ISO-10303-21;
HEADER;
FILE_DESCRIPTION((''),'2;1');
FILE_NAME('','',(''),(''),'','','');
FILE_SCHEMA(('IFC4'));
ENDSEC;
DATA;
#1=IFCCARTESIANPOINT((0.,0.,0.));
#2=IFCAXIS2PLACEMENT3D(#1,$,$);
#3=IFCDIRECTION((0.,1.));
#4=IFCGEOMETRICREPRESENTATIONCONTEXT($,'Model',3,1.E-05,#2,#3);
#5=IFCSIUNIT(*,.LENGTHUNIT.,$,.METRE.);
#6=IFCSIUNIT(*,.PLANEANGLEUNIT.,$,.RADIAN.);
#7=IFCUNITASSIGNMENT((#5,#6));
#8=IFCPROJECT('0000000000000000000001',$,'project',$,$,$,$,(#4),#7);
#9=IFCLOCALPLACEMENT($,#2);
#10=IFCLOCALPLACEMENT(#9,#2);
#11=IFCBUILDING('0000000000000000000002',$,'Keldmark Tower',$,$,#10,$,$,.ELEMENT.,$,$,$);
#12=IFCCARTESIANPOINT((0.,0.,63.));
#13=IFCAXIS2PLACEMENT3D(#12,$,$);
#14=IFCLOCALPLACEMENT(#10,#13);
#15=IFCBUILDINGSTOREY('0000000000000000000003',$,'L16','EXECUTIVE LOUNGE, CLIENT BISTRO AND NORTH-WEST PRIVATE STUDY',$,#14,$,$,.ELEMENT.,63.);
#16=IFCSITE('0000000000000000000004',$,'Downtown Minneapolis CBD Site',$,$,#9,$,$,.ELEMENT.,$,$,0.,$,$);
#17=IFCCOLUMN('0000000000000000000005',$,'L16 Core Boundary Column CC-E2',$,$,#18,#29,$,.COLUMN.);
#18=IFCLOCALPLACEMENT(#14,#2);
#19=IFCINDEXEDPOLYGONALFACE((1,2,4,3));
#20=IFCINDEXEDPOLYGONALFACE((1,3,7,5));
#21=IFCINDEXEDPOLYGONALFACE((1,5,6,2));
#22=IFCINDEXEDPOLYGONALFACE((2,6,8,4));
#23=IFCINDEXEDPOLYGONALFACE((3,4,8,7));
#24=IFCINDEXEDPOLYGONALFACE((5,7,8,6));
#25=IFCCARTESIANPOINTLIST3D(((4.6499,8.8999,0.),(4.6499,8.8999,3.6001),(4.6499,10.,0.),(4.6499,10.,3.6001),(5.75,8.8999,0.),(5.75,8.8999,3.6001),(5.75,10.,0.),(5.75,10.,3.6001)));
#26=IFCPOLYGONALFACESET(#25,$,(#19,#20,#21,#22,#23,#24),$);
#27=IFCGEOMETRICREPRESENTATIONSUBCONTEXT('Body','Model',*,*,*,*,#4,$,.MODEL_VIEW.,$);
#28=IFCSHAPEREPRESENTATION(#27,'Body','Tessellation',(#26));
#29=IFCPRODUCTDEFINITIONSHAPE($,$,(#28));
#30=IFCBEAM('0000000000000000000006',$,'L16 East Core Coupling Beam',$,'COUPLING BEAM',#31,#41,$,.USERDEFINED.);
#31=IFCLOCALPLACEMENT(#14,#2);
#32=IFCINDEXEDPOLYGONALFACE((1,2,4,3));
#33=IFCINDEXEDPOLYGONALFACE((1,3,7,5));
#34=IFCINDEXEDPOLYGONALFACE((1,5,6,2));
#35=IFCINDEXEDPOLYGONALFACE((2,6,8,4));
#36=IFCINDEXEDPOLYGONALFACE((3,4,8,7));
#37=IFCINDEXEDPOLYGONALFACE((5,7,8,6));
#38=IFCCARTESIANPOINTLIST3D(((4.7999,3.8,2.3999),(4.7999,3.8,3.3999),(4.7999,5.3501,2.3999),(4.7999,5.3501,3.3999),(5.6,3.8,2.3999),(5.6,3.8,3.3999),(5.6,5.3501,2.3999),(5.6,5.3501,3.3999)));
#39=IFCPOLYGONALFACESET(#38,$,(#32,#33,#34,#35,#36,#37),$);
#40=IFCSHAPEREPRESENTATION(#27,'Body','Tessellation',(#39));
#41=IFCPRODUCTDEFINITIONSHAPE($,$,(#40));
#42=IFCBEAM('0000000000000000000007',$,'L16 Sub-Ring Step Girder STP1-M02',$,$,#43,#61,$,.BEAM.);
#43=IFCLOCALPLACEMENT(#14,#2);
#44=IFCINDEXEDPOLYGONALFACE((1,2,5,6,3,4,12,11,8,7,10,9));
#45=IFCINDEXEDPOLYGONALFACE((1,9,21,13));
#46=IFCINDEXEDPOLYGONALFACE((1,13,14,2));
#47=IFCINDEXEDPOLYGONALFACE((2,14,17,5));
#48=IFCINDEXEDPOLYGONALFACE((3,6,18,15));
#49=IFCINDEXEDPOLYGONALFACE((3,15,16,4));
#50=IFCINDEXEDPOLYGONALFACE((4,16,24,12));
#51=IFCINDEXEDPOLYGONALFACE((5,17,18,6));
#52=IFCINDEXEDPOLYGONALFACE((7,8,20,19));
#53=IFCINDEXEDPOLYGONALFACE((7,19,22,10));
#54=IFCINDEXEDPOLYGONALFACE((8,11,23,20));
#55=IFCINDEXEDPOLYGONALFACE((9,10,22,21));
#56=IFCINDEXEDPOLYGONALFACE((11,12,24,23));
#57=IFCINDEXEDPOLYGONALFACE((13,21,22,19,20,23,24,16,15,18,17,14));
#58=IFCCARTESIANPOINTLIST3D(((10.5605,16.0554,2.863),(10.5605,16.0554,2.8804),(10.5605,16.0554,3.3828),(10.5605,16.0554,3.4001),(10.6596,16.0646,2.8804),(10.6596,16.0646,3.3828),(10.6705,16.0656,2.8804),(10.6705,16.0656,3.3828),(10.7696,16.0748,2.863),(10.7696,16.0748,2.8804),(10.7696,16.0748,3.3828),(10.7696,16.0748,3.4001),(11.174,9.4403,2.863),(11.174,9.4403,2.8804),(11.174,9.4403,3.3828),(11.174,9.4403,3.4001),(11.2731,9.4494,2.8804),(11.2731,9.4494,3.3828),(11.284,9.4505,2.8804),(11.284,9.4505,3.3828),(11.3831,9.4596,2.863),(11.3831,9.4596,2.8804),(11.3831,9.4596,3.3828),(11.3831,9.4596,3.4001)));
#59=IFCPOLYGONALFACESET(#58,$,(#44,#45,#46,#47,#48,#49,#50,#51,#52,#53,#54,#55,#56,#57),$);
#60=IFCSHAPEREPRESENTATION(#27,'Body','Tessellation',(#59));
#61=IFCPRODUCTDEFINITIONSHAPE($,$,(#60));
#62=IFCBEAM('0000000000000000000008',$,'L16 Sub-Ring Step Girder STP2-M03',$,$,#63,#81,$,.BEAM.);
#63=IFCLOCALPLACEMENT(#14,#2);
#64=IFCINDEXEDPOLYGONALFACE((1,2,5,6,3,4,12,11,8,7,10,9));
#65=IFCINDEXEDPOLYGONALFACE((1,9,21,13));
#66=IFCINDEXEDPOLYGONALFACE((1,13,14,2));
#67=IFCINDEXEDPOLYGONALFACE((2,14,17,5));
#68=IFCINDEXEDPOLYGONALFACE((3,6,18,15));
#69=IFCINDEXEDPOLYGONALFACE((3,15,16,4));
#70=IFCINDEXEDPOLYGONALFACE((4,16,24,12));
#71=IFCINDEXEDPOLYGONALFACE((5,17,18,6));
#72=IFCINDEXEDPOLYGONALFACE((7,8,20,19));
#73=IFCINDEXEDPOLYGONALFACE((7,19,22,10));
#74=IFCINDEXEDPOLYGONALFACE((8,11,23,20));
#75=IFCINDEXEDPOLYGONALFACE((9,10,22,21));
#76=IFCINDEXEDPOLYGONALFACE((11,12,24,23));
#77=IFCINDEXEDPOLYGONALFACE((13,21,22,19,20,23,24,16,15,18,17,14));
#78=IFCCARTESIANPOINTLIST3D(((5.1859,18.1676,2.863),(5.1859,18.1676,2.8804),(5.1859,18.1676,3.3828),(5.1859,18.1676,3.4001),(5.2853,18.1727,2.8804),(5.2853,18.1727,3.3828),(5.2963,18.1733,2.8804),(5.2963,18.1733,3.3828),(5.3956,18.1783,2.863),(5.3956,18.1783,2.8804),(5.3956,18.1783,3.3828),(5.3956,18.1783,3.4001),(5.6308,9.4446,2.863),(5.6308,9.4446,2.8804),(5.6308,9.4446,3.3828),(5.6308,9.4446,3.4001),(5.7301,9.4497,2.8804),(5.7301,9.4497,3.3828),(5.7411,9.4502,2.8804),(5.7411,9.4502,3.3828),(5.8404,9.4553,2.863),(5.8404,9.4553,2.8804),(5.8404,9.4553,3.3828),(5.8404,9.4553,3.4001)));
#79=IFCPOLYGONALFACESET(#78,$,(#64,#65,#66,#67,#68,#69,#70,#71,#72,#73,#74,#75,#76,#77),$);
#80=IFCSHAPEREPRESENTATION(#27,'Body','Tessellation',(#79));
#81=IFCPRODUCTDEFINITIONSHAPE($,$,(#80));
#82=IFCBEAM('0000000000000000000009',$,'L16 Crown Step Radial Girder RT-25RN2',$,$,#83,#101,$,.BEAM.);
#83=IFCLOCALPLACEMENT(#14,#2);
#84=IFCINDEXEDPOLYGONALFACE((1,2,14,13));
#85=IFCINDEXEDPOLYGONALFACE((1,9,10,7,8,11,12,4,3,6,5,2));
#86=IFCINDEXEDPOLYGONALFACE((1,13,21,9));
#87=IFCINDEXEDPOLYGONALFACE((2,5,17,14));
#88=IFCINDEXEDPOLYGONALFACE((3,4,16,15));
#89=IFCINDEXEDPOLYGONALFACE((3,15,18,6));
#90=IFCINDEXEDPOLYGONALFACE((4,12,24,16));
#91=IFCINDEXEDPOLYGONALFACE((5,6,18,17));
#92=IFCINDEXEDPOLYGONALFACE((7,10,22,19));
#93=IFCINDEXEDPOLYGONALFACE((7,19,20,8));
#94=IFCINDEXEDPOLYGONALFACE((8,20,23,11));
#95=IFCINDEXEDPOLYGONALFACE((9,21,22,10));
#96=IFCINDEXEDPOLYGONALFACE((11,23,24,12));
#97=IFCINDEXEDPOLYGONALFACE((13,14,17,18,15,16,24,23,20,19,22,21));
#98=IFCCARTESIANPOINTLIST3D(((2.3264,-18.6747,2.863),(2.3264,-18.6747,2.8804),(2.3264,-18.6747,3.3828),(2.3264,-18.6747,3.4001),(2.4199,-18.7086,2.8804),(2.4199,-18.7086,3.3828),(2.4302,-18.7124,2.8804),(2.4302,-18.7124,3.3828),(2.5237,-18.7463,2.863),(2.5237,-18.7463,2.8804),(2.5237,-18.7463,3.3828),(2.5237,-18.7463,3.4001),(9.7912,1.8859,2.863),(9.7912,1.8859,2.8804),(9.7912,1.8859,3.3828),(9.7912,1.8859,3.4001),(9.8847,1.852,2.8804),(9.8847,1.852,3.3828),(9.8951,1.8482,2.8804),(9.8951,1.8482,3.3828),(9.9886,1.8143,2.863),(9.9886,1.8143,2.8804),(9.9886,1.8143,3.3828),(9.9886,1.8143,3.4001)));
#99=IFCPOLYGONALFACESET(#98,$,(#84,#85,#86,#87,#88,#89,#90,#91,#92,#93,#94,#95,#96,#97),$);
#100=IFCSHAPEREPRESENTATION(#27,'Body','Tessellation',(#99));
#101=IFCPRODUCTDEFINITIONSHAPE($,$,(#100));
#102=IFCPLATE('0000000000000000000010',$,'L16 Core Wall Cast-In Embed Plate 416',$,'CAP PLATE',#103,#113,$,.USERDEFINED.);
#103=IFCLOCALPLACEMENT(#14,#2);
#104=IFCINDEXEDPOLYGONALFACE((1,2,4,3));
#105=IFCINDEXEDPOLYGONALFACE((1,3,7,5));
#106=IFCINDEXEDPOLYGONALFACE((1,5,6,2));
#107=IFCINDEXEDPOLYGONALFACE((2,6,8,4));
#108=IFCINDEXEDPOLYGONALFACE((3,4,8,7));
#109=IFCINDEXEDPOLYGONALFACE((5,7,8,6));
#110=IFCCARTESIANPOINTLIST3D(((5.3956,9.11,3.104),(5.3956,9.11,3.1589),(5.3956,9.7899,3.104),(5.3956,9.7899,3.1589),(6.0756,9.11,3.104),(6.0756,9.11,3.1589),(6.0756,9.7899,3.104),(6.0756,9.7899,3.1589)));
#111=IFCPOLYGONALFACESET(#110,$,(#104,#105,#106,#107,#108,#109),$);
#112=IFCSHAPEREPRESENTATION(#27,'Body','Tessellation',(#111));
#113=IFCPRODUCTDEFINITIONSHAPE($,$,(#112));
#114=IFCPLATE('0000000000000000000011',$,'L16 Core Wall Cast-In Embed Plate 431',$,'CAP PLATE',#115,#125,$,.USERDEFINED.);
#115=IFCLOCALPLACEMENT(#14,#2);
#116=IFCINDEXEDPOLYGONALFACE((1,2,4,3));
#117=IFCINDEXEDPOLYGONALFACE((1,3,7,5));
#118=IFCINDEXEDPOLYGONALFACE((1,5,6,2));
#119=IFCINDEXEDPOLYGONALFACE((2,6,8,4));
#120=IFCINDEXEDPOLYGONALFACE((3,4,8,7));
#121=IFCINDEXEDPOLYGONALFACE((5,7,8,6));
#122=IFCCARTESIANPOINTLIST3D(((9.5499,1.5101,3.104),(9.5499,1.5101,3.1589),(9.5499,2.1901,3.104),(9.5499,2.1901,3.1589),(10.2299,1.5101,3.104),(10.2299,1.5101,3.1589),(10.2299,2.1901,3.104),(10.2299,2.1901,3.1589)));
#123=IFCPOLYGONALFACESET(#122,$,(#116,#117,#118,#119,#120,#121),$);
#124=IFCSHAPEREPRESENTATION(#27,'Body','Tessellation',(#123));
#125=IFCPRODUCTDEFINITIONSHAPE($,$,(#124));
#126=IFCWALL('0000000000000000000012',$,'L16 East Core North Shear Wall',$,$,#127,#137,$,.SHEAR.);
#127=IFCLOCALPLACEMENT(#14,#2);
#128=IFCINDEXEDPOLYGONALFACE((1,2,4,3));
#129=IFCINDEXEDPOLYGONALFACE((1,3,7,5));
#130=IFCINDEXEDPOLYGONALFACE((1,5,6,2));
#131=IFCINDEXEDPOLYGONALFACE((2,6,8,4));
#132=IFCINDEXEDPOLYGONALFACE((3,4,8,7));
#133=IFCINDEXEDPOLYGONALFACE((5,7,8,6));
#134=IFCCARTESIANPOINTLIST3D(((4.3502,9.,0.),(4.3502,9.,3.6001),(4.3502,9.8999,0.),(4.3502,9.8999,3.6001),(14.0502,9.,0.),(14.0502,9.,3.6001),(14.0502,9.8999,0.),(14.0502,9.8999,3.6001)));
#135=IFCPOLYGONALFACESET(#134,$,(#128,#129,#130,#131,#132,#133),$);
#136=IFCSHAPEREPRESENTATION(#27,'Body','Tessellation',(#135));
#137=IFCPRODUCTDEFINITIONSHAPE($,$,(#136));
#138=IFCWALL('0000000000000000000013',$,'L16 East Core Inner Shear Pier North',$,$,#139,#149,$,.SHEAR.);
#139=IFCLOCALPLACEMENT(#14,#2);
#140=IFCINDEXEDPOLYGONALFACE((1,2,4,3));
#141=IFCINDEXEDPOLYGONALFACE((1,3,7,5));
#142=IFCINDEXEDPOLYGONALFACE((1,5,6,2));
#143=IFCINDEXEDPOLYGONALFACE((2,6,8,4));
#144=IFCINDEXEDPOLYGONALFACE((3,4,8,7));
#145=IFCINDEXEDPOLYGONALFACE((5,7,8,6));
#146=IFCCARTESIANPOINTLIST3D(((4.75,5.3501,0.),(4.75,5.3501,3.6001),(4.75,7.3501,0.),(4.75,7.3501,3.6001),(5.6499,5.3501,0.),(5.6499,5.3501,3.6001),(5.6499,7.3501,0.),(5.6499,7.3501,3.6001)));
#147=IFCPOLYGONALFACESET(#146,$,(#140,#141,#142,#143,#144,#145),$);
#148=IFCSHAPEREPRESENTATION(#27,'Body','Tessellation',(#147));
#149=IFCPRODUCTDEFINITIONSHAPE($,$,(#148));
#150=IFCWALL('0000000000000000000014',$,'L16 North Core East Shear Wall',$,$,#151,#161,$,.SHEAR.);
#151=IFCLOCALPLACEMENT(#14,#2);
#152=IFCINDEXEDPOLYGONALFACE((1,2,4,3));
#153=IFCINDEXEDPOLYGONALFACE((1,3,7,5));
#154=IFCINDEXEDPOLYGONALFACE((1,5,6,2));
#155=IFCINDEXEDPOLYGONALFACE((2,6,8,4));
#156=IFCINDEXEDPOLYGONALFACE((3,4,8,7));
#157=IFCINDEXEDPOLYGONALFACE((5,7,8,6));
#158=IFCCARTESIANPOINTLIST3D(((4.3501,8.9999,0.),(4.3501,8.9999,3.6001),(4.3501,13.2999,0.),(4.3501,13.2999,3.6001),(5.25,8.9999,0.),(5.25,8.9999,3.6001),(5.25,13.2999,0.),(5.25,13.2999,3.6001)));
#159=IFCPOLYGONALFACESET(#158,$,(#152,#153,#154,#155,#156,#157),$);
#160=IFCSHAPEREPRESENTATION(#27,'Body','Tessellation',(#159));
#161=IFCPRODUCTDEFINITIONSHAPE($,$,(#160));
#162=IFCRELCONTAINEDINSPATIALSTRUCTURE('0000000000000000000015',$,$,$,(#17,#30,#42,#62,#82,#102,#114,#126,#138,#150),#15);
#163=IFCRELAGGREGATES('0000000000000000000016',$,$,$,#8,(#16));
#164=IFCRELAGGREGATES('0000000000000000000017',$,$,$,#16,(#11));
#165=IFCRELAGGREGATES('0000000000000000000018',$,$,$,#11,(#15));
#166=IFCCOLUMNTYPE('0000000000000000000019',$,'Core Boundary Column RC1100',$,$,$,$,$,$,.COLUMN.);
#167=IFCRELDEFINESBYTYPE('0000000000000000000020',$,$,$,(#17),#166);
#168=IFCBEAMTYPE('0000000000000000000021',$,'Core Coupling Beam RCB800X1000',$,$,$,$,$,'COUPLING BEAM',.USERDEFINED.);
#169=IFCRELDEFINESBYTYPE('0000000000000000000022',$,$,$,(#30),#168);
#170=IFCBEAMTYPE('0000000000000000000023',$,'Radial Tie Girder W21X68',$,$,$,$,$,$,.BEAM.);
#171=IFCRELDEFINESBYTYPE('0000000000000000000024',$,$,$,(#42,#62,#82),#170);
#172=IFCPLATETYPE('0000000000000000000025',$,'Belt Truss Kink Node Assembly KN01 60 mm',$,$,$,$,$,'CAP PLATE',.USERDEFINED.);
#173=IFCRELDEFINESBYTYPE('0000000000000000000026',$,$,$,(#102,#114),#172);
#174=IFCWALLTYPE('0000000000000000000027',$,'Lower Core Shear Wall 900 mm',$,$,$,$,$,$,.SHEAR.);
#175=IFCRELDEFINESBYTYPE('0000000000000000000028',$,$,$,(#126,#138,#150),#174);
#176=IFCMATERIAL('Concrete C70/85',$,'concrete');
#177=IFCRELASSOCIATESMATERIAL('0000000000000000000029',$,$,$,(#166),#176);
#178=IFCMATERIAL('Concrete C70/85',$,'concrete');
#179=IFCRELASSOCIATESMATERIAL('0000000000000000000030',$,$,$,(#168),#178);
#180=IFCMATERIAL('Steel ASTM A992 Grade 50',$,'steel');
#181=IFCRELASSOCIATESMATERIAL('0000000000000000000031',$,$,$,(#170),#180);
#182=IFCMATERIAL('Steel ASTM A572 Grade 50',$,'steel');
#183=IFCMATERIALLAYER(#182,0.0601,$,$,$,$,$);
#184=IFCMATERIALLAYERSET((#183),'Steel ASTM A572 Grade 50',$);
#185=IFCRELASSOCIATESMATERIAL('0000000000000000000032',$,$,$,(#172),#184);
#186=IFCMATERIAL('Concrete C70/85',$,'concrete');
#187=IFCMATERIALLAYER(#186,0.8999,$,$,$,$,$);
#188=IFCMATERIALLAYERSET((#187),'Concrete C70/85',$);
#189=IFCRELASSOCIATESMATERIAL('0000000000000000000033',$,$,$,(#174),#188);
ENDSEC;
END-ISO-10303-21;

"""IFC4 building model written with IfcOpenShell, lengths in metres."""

from ifc_helpers import new_model, si_unit, direction, frame, frame_2d, origin, origin_2d, place, context, subcontext, project, spatial, rectangle, i_section, extrude, material, layer, layer_set, material_profile, profile_set, type_object, element, save


model = new_model("IFC4")

# Units and contexts
model_context = context("Model", 3, precision=1e-05, world=origin(), true_north=direction((0.0, 1.0)))
body_context = subcontext(model_context, "Body", "Model", "MODEL_VIEW")
ifc_project = project(units=[si_unit("LENGTHUNIT", "METRE"), si_unit("PLANEANGLEUNIT", "RADIAN")], contexts=[model_context])

# Site, building, storey
site_placement = place(None, origin())
site = spatial("IfcSite", under=ifc_project, at=site_placement, Name="Downtown Minneapolis CBD Site", CompositionType="ELEMENT", RefElevation=0.0)
building_placement = place(site_placement, origin())
building = spatial("IfcBuilding", under=site, at=building_placement, Name="Keldmark Tower", CompositionType="ELEMENT")
storey_placement = place(building_placement, frame((0.0, 0.0, 63.0)))
storey = spatial("IfcBuildingStorey", under=building, at=storey_placement, Name="L16", Description="EXECUTIVE LOUNGE, CLIENT BISTRO AND NORTH-WEST PRIVATE STUDY", CompositionType="ELEMENT", Elevation=63.0)

# Column
ifc_material_1 = material(Name="Concrete C70/85", Category="concrete")
ifc_material_profile_1 = material_profile(ifc_material_1, rectangle(XDim=1.1001, YDim=1.1001, at=origin_2d()), Name="RC1100X1100")
ifc_profile_set_1 = profile_set([ifc_material_profile_1], Name="Concrete C70/85")
column_type = type_object("IfcColumnType", Name="Core Boundary Column RC1100", PredefinedType="COLUMN", material=ifc_profile_set_1)
column_placement = place(storey_placement, frame((5.2, 9.45, 0.0), z_axis=(0.0, 0.0, 1.0), x_axis=(1.0, 0.0, 0.0)))
element("IfcColumn", 1, at=column_placement, inside=storey, type_object=column_type, Name="L16 Core Boundary Column CC-E2", PredefinedType="COLUMN", context=body_context, shape_type="SweptSolid", body=[
    extrude(rectangle(XDim=1.1001, YDim=1.1001, at=origin_2d()), origin(), (0.0, 0.0, 1.0), 3.6001),
])

# Beams
ifc_material_2 = material(Name="Concrete C70/85", Category="concrete")
ifc_material_profile_2 = material_profile(ifc_material_2, rectangle(XDim=0.8, YDim=1.0, at=origin_2d()), Name="RCB800X1000")
ifc_profile_set_2 = profile_set([ifc_material_profile_2], Name="Concrete C70/85")
beam_type_1 = type_object("IfcBeamType", Name="Core Coupling Beam RCB800X1000", ElementType="COUPLING BEAM", PredefinedType="USERDEFINED", material=ifc_profile_set_2)
beam_1_placement = place(storey_placement, frame((5.2, 3.8, 2.8999), z_axis=(0.0, 1.0, 0.0), x_axis=(-1.0, 0.0, 0.0)))
element("IfcBeam", 2, at=beam_1_placement, inside=storey, type_object=beam_type_1, Name="L16 East Core Coupling Beam", ObjectType="COUPLING BEAM", PredefinedType="USERDEFINED", context=body_context, shape_type="SweptSolid", body=[
    extrude(rectangle(XDim=0.8, YDim=1.0, at=origin_2d()), origin(), (0.0, 0.0, 1.0), 1.55),
])
ifc_material_3 = material(Name="Steel ASTM A992 Grade 50", Category="steel")
ifc_material_profile_3 = material_profile(ifc_material_3, i_section(OverallWidth=0.21, OverallDepth=0.5371, WebThickness=0.011, FlangeThickness=0.0173, at=origin_2d()), Name="W21X68")
ifc_profile_set_3 = profile_set([ifc_material_profile_3], Name="Steel ASTM A992 Grade 50")
beam_type_2 = type_object("IfcBeamType", Name="Radial Tie Girder W21X68", PredefinedType="BEAM", material=ifc_profile_set_3)
beam_2_placement = place(storey_placement, frame((11.2786, 9.45, 3.1316), z_axis=(-0.092348, 0.995727, 0.0), x_axis=(-0.995727, -0.092348, 0.0)))
element("IfcBeam", 3, at=beam_2_placement, inside=storey, type_object=beam_type_2, Name="L16 Sub-Ring Step Girder STP1-M02", PredefinedType="BEAM", context=body_context, shape_type="SweptSolid", body=[
    extrude(i_section(OverallWidth=0.21, OverallDepth=0.5371, WebThickness=0.011, FlangeThickness=0.0173, at=origin_2d()), origin(), (0.0, 0.0, 1.0), 6.6436),
])
beam_3_placement = place(storey_placement, frame((5.7356, 9.45, 3.1316), z_axis=(-0.050927, 0.998702, 0.0), x_axis=(-0.998702, -0.050927, 0.0)))
element("IfcBeam", 4, at=beam_3_placement, inside=storey, type_object=beam_type_2, Name="L16 Sub-Ring Step Girder STP2-M03", PredefinedType="BEAM", context=body_context, shape_type="SweptSolid", body=[
    extrude(i_section(OverallWidth=0.21, OverallDepth=0.5371, WebThickness=0.011, FlangeThickness=0.0173, at=origin_2d()), origin(), (0.0, 0.0, 1.0), 8.7344),
])
beam_4_placement = place(storey_placement, frame((9.8899, 1.8501, 3.1316), z_axis=(-0.34127, -0.939965, 0.0), x_axis=(0.939965, -0.34127, 0.0)))
element("IfcBeam", 5, at=beam_4_placement, inside=storey, type_object=beam_type_2, Name="L16 Crown Step Radial Girder RT-25RN2", PredefinedType="BEAM", context=body_context, shape_type="SweptSolid", body=[
    extrude(i_section(OverallWidth=0.21, OverallDepth=0.5371, WebThickness=0.011, FlangeThickness=0.0173, at=origin_2d()), origin(), (0.0, 0.0, 1.0), 21.8738),
])

# Plates
ifc_material_4 = material(Name="Steel ASTM A572 Grade 50", Category="steel")
ifc_layer_1 = layer(ifc_material_4, 0.0601)
ifc_layer_set_1 = layer_set([ifc_layer_1], Name="Steel ASTM A572 Grade 50")
plate_type = type_object("IfcPlateType", Name="Belt Truss Kink Node Assembly KN01 60 mm", ElementType="CAP PLATE", PredefinedType="USERDEFINED", material=ifc_layer_set_1)
for number, where, z_axis, x_axis, name in (
    (6, (5.7356, 9.45, 3.104), (0.0, 0.0, 1.0), (1.0, 0.0, 0.0), "L16 Core Wall Cast-In Embed Plate 416"),
    (7, (9.8899, 1.8501, 3.104), (0.0, 0.0, 1.0), (1.0, 0.0, 0.0), "L16 Core Wall Cast-In Embed Plate 431"),
):
    element("IfcPlate", number, at=place(storey_placement, frame(where, z_axis=z_axis, x_axis=x_axis)), inside=storey, type_object=plate_type, Name=name, ObjectType="CAP PLATE", PredefinedType="USERDEFINED", context=body_context, shape_type="SweptSolid", body=[
        extrude(rectangle(XDim=0.6799, YDim=0.6799, at=origin_2d()), origin(), (0.0, 0.0, 1.0), 0.0549),
    ])

# Walls
ifc_material_5 = material(Name="Concrete C70/85", Category="concrete")
ifc_layer_2 = layer(ifc_material_5, 0.8999)
ifc_layer_set_2 = layer_set([ifc_layer_2], Name="Concrete C70/85")
wall_type_1 = type_object("IfcWallType", Name="Lower Core Shear Wall 900 mm", PredefinedType="SHEAR", material=ifc_layer_set_2)
wall_1_placement = place(storey_placement, frame((4.3501, 9.45, 0.0), z_axis=(0.0, 0.0, 1.0), x_axis=(1.0, 0.0, 0.0)))
element("IfcWall", 8, at=wall_1_placement, inside=storey, type_object=wall_type_1, Name="L16 East Core North Shear Wall", PredefinedType="SHEAR", context=body_context, shape_type="SweptSolid", body=[
    extrude(rectangle(XDim=9.7, YDim=0.8999, at=frame_2d((4.8501, 0.0))), origin(), (0.0, 0.0, 1.0), 3.6001),
])
wall_2_placement = place(storey_placement, frame((5.2, 5.3501, 0.0), z_axis=(0.0, 0.0, 1.0), x_axis=(0.0, 1.0, 0.0)))
element("IfcWall", 9, at=wall_2_placement, inside=storey, type_object=wall_type_1, Name="L16 East Core Inner Shear Pier North", PredefinedType="SHEAR", context=body_context, shape_type="SweptSolid", body=[
    extrude(rectangle(XDim=2.0, YDim=0.8999, at=frame_2d((1.0, 0.0))), origin(), (0.0, 0.0, 1.0), 3.6001),
])
wall_3_placement = place(storey_placement, frame((4.8, 9.0, 0.0), z_axis=(0.0, 0.0, 1.0), x_axis=(0.0, 1.0, 0.0)))
element("IfcWall", 10, at=wall_3_placement, inside=storey, type_object=wall_type_1, Name="L16 North Core East Shear Wall", PredefinedType="SHEAR", context=body_context, shape_type="SweptSolid", body=[
    extrude(rectangle(XDim=4.3, YDim=0.8999, at=frame_2d((2.1499, 0.0))), origin(), (0.0, 0.0, 1.0), 3.6001),
])

save(model, "model.ifc")
